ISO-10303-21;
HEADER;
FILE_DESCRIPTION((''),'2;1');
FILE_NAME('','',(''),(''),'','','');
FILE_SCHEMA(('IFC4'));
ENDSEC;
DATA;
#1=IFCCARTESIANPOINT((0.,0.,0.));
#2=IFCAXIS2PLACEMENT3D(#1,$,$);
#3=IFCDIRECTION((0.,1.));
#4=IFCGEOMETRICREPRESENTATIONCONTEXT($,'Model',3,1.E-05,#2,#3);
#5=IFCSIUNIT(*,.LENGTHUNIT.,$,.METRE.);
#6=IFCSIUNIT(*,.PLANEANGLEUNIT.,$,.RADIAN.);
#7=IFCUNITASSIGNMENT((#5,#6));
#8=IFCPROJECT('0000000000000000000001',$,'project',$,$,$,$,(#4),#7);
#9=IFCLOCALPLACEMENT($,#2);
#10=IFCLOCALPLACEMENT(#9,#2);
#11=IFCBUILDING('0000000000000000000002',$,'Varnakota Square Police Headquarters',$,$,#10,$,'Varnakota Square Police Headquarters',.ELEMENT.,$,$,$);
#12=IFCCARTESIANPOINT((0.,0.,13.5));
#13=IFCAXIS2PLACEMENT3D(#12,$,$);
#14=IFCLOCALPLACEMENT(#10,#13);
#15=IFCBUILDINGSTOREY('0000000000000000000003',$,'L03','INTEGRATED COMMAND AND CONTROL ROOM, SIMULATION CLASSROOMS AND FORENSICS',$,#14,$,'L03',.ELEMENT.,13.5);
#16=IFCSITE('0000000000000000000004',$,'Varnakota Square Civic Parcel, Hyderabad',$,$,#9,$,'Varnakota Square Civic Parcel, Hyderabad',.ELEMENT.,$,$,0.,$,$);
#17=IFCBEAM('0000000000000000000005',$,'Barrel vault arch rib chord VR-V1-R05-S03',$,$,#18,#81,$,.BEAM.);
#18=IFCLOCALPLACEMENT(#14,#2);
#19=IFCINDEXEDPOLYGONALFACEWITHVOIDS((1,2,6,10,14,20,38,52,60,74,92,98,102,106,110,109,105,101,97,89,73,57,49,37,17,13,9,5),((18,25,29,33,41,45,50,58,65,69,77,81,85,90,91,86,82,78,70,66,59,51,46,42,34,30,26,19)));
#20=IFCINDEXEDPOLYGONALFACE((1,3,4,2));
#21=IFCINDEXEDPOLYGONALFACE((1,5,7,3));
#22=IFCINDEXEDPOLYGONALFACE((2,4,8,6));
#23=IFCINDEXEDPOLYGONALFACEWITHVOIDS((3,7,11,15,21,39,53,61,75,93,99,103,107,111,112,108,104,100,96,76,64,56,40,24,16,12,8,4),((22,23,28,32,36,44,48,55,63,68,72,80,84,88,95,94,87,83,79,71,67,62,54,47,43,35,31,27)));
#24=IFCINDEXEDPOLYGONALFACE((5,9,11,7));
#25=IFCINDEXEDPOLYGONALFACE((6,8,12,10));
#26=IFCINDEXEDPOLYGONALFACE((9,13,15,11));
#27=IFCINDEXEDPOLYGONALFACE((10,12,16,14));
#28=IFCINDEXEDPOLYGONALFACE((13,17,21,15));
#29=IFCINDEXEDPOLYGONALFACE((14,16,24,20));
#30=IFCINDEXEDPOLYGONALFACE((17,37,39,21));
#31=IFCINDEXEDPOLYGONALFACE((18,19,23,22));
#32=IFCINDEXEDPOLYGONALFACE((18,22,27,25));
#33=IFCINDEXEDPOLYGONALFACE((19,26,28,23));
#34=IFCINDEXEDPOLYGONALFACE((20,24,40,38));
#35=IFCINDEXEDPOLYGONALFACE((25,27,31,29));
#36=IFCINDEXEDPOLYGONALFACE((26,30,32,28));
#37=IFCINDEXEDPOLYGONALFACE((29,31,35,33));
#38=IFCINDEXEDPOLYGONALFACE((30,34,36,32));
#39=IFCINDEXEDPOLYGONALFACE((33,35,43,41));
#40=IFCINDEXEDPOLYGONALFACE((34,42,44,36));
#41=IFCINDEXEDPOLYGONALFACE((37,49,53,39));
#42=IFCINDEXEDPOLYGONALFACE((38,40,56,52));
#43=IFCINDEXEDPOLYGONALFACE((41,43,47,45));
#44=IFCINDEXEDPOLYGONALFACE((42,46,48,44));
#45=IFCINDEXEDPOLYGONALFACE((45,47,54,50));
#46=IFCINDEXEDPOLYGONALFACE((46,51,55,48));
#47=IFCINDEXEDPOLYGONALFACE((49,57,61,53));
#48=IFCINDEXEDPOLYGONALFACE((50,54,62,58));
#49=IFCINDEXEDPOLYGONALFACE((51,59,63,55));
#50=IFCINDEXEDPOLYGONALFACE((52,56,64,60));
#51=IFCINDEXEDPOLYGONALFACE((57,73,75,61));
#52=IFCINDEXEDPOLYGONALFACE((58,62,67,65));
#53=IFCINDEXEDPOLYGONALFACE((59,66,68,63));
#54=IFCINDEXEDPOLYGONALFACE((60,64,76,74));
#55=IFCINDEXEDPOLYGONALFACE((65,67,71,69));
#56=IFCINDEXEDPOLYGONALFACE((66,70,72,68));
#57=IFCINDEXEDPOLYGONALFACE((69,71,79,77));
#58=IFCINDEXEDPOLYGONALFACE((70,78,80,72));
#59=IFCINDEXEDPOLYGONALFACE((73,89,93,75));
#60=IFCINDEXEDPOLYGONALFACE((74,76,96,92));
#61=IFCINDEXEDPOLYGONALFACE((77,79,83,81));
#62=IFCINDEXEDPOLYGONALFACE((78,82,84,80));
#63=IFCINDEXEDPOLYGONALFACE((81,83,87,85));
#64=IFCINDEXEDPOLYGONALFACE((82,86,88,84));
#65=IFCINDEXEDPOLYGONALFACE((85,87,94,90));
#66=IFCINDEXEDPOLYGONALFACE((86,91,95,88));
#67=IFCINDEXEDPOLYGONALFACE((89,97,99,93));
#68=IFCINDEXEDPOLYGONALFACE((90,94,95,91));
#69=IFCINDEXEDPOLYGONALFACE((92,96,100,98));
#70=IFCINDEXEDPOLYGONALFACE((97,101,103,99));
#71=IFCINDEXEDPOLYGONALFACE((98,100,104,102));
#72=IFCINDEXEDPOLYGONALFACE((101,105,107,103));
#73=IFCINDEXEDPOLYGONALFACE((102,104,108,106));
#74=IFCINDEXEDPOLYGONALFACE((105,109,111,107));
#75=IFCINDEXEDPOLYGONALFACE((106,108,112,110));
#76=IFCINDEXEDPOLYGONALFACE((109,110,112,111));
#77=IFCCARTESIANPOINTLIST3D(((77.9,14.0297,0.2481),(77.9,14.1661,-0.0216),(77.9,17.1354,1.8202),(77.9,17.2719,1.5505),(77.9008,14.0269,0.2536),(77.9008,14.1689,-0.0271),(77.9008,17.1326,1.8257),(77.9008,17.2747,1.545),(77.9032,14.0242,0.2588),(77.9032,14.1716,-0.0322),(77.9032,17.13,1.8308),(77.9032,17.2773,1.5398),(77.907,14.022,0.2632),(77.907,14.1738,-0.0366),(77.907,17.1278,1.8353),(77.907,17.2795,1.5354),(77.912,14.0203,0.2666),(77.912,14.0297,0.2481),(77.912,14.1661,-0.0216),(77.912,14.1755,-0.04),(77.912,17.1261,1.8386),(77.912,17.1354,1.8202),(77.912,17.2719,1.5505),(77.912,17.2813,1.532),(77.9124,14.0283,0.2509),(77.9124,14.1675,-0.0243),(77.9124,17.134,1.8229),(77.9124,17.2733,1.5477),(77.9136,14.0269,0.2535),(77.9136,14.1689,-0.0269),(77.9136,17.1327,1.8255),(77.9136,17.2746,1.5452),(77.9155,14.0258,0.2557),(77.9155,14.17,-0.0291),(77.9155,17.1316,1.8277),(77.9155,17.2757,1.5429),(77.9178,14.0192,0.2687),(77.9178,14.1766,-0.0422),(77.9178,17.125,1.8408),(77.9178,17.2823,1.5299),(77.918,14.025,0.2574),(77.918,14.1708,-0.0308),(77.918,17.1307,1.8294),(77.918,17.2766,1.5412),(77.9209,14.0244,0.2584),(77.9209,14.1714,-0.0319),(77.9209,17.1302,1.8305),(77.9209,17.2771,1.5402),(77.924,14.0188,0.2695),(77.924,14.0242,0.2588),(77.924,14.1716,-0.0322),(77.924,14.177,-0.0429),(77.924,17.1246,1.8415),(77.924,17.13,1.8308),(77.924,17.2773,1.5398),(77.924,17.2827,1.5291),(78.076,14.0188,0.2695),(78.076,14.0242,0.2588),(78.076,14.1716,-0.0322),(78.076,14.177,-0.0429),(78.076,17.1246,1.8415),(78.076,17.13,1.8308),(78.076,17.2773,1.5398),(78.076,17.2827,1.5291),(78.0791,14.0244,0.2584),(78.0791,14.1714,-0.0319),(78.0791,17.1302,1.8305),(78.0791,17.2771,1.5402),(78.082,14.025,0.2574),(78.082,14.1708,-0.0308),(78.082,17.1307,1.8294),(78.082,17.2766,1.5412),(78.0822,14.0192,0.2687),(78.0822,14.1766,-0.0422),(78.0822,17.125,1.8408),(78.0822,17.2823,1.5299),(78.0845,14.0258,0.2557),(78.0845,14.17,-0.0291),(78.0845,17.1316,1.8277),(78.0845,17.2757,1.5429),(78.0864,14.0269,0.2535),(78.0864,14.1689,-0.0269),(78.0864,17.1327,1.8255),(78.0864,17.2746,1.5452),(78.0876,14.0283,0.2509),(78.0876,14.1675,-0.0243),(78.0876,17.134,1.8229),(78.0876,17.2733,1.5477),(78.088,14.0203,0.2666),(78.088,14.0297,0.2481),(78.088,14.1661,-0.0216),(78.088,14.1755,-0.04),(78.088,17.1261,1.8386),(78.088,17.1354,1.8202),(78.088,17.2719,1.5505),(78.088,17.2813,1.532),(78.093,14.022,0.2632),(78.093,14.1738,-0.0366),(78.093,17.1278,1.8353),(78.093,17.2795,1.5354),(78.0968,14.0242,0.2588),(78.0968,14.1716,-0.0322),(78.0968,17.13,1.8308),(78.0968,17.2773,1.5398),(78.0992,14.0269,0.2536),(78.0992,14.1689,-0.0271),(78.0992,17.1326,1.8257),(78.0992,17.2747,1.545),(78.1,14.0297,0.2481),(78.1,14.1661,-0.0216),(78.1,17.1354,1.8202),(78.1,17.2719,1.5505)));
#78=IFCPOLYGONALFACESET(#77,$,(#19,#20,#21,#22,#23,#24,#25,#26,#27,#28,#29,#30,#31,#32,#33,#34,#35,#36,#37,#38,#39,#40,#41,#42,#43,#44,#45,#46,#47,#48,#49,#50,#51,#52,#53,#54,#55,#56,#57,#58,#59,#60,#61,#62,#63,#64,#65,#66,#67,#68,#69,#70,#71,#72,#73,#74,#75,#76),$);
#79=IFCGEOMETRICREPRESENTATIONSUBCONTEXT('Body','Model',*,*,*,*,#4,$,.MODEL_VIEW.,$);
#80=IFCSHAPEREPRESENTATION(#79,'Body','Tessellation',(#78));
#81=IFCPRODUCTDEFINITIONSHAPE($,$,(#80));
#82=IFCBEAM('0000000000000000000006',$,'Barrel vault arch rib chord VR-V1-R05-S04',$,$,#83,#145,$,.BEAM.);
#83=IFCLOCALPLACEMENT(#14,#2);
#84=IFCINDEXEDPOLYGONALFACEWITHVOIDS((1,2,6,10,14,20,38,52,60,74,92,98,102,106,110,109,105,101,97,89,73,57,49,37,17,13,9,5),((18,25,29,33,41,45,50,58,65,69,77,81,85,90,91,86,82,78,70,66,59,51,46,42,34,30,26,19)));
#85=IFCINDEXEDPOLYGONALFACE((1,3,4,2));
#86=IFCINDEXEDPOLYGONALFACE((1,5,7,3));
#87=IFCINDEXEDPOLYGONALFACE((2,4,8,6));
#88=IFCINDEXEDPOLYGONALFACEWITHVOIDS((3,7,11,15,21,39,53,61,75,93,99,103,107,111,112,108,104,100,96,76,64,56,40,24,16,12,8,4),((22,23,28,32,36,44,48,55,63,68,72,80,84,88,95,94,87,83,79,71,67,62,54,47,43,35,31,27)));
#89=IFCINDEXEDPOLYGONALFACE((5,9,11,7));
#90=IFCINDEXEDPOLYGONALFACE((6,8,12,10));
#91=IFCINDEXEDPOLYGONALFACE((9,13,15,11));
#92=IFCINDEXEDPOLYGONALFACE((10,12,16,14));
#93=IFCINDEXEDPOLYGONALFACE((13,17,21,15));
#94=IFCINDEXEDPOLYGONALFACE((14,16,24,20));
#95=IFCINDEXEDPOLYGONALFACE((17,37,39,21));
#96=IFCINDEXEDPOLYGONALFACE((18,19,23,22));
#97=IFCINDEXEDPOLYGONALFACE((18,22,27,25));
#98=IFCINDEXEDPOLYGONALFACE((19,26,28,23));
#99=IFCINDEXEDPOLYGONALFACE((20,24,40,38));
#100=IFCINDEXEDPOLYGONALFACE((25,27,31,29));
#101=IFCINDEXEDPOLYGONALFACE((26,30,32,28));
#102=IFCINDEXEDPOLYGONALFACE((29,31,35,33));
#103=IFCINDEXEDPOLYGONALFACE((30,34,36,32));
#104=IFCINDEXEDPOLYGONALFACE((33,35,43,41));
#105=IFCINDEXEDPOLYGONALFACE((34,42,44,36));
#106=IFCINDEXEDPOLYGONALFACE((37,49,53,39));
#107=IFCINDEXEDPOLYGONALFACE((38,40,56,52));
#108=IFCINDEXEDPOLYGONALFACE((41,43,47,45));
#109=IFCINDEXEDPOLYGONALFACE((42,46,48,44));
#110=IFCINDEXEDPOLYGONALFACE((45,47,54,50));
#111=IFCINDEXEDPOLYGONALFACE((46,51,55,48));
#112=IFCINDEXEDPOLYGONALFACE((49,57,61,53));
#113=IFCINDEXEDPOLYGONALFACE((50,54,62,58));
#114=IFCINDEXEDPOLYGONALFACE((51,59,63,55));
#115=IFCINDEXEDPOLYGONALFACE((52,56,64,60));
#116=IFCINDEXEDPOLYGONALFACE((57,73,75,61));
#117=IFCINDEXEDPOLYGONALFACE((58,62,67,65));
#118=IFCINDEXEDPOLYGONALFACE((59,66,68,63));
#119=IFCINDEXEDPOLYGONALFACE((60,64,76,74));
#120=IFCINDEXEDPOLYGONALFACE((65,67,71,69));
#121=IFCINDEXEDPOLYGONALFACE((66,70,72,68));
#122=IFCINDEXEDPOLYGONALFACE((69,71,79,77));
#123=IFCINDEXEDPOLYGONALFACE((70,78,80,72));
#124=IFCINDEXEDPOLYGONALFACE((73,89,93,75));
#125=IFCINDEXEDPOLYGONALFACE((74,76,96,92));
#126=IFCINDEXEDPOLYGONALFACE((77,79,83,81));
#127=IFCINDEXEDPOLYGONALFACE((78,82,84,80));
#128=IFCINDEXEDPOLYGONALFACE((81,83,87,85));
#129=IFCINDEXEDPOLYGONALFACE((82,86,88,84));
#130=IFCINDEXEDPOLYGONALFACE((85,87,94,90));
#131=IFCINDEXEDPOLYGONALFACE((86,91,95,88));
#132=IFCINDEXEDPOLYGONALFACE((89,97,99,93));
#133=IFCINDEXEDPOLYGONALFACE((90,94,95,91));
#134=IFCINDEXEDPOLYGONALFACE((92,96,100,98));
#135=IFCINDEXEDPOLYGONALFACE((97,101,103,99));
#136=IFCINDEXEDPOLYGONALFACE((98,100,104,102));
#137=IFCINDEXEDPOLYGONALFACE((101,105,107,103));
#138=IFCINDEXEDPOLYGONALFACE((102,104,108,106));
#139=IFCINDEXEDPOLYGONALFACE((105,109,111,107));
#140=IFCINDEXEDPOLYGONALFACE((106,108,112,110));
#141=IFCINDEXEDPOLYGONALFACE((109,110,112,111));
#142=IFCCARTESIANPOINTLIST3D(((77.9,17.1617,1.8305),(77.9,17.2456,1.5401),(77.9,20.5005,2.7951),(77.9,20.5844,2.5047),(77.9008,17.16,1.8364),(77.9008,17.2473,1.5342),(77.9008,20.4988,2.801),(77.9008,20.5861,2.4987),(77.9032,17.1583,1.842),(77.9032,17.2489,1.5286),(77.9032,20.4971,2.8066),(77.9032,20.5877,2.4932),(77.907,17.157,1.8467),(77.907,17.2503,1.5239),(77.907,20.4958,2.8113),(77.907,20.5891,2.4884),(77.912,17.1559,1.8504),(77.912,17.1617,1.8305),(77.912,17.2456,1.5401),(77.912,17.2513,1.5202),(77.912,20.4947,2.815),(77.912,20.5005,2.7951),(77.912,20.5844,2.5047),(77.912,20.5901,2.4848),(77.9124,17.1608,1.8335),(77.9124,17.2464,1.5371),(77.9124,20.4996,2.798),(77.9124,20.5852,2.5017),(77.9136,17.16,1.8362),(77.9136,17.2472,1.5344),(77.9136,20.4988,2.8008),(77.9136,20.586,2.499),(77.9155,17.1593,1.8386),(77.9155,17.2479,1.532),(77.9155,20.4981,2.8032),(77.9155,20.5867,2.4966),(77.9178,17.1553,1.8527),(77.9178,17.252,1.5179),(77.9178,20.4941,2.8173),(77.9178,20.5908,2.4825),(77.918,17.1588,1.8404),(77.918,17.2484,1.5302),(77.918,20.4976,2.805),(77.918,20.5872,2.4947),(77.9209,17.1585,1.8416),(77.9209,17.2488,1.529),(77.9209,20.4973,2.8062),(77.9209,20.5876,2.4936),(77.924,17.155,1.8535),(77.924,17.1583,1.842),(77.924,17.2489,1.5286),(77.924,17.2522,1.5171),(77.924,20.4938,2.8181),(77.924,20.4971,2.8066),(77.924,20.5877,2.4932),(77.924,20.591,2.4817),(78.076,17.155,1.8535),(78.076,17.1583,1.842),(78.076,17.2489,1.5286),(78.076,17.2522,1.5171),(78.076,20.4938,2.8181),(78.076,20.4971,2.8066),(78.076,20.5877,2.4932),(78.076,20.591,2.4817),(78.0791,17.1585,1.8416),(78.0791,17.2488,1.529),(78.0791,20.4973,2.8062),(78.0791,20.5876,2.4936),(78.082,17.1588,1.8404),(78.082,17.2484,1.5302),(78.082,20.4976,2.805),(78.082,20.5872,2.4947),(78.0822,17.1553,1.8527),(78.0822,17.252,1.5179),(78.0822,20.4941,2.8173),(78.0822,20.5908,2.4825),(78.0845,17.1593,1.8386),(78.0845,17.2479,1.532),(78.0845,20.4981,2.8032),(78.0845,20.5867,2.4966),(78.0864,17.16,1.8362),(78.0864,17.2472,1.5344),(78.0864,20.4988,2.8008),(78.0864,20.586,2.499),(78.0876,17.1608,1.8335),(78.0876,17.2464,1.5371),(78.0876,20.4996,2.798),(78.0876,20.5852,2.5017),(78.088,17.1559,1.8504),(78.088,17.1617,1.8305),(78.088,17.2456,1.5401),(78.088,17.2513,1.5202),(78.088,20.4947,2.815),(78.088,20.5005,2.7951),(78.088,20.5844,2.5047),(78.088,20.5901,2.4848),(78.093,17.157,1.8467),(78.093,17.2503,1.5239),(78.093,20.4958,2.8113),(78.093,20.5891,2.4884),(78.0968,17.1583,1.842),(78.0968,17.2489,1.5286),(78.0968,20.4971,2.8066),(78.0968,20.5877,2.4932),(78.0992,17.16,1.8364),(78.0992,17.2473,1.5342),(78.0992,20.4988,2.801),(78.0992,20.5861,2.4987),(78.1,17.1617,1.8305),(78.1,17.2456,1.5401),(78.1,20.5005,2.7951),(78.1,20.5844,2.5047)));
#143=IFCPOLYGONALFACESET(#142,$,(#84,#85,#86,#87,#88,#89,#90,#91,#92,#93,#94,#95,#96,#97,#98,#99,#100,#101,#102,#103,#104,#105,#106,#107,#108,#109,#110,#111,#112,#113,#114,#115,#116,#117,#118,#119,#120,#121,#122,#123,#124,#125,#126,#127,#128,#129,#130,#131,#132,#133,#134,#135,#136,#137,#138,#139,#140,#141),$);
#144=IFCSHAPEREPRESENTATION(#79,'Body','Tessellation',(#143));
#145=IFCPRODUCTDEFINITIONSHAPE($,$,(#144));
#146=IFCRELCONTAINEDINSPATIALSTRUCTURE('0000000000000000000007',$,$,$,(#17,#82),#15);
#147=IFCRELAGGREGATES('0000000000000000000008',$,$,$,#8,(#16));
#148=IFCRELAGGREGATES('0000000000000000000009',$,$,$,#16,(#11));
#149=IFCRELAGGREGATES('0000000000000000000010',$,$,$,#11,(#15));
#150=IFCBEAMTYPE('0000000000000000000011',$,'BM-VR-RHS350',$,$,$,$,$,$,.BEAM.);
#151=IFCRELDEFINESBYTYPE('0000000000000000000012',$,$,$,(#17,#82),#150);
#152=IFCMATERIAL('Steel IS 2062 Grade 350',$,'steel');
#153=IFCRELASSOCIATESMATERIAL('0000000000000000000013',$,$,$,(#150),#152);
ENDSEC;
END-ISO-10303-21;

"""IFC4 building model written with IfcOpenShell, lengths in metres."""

from ifc_helpers import new_model, si_unit, direction, frame, origin, origin_2d, place, context, subcontext, project, spatial, hollow_rectangle, extrude, material, material_profile, profile_set, type_object, element, save


model = new_model("IFC4")

# Units and contexts
model_context = context("Model", 3, precision=1e-05, world=origin(), true_north=direction((0.0, 1.0)))
body_context = subcontext(model_context, "Body", "Model", "MODEL_VIEW")
ifc_project = project(units=[si_unit("LENGTHUNIT", "METRE"), si_unit("PLANEANGLEUNIT", "RADIAN")], contexts=[model_context])

# Site, building, storey
site_placement = place(None, origin())
site = spatial("IfcSite", under=ifc_project, at=site_placement, Name="Varnakota Square Civic Parcel, Hyderabad", LongName="Varnakota Square Civic Parcel, Hyderabad", CompositionType="ELEMENT", RefElevation=0.0)
building_placement = place(site_placement, origin())
building = spatial("IfcBuilding", under=site, at=building_placement, Name="Varnakota Square Police Headquarters", LongName="Varnakota Square Police Headquarters", CompositionType="ELEMENT")
storey_placement = place(building_placement, frame((0.0, 0.0, 13.5)))
storey = spatial("IfcBuildingStorey", under=building, at=storey_placement, Name="L03", Description="INTEGRATED COMMAND AND CONTROL ROOM, SIMULATION CLASSROOMS AND FORENSICS", LongName="L03", CompositionType="ELEMENT", Elevation=13.5)

# Beams
ifc_material_1 = material(Name="Steel IS 2062 Grade 350", Category="steel")
ifc_material_profile_1 = material_profile(ifc_material_1, hollow_rectangle(XDim=0.2, YDim=0.3501, WallThickness=0.012, InnerFilletRadius=0.012, OuterFilletRadius=0.0239, at=origin_2d()), Name="RHS 350x200x12")
ifc_profile_set_1 = profile_set([ifc_material_profile_1], Name="Steel IS 2062 Grade 350")
beam_type = type_object("IfcBeamType", Name="BM-VR-RHS350", PredefinedType="BEAM", material=ifc_profile_set_1)
beam_1_placement = place(storey_placement, frame((78.0, 14.0979, 0.1133), z_axis=(0.0, 0.892214, 0.451613), x_axis=(-1.0, 0.0, 0.0)))
element("IfcBeam", 1, at=beam_1_placement, inside=storey, type_object=beam_type, Name="Barrel vault arch rib chord VR-V1-R05-S03", PredefinedType="BEAM", context=body_context, shape_type="SweptSolid", body=[
    extrude(hollow_rectangle(XDim=0.2, YDim=0.3501, WallThickness=0.012, InnerFilletRadius=0.012, OuterFilletRadius=0.0239, at=origin_2d()), origin(), (0.0, 0.0, 1.0), 3.481),
])
beam_2_placement = place(storey_placement, frame((78.0, 17.2036, 1.6853), z_axis=(0.0, 0.960711, 0.27755), x_axis=(-1.0, 0.0, 0.0)))
element("IfcBeam", 2, at=beam_2_placement, inside=storey, type_object=beam_type, Name="Barrel vault arch rib chord VR-V1-R05-S04", PredefinedType="BEAM", context=body_context, shape_type="SweptSolid", body=[
    extrude(hollow_rectangle(XDim=0.2, YDim=0.3501, WallThickness=0.012, InnerFilletRadius=0.012, OuterFilletRadius=0.0239, at=origin_2d()), origin(), (0.0, 0.0, 1.0), 3.4753),
])

save(model, "model.ifc")
